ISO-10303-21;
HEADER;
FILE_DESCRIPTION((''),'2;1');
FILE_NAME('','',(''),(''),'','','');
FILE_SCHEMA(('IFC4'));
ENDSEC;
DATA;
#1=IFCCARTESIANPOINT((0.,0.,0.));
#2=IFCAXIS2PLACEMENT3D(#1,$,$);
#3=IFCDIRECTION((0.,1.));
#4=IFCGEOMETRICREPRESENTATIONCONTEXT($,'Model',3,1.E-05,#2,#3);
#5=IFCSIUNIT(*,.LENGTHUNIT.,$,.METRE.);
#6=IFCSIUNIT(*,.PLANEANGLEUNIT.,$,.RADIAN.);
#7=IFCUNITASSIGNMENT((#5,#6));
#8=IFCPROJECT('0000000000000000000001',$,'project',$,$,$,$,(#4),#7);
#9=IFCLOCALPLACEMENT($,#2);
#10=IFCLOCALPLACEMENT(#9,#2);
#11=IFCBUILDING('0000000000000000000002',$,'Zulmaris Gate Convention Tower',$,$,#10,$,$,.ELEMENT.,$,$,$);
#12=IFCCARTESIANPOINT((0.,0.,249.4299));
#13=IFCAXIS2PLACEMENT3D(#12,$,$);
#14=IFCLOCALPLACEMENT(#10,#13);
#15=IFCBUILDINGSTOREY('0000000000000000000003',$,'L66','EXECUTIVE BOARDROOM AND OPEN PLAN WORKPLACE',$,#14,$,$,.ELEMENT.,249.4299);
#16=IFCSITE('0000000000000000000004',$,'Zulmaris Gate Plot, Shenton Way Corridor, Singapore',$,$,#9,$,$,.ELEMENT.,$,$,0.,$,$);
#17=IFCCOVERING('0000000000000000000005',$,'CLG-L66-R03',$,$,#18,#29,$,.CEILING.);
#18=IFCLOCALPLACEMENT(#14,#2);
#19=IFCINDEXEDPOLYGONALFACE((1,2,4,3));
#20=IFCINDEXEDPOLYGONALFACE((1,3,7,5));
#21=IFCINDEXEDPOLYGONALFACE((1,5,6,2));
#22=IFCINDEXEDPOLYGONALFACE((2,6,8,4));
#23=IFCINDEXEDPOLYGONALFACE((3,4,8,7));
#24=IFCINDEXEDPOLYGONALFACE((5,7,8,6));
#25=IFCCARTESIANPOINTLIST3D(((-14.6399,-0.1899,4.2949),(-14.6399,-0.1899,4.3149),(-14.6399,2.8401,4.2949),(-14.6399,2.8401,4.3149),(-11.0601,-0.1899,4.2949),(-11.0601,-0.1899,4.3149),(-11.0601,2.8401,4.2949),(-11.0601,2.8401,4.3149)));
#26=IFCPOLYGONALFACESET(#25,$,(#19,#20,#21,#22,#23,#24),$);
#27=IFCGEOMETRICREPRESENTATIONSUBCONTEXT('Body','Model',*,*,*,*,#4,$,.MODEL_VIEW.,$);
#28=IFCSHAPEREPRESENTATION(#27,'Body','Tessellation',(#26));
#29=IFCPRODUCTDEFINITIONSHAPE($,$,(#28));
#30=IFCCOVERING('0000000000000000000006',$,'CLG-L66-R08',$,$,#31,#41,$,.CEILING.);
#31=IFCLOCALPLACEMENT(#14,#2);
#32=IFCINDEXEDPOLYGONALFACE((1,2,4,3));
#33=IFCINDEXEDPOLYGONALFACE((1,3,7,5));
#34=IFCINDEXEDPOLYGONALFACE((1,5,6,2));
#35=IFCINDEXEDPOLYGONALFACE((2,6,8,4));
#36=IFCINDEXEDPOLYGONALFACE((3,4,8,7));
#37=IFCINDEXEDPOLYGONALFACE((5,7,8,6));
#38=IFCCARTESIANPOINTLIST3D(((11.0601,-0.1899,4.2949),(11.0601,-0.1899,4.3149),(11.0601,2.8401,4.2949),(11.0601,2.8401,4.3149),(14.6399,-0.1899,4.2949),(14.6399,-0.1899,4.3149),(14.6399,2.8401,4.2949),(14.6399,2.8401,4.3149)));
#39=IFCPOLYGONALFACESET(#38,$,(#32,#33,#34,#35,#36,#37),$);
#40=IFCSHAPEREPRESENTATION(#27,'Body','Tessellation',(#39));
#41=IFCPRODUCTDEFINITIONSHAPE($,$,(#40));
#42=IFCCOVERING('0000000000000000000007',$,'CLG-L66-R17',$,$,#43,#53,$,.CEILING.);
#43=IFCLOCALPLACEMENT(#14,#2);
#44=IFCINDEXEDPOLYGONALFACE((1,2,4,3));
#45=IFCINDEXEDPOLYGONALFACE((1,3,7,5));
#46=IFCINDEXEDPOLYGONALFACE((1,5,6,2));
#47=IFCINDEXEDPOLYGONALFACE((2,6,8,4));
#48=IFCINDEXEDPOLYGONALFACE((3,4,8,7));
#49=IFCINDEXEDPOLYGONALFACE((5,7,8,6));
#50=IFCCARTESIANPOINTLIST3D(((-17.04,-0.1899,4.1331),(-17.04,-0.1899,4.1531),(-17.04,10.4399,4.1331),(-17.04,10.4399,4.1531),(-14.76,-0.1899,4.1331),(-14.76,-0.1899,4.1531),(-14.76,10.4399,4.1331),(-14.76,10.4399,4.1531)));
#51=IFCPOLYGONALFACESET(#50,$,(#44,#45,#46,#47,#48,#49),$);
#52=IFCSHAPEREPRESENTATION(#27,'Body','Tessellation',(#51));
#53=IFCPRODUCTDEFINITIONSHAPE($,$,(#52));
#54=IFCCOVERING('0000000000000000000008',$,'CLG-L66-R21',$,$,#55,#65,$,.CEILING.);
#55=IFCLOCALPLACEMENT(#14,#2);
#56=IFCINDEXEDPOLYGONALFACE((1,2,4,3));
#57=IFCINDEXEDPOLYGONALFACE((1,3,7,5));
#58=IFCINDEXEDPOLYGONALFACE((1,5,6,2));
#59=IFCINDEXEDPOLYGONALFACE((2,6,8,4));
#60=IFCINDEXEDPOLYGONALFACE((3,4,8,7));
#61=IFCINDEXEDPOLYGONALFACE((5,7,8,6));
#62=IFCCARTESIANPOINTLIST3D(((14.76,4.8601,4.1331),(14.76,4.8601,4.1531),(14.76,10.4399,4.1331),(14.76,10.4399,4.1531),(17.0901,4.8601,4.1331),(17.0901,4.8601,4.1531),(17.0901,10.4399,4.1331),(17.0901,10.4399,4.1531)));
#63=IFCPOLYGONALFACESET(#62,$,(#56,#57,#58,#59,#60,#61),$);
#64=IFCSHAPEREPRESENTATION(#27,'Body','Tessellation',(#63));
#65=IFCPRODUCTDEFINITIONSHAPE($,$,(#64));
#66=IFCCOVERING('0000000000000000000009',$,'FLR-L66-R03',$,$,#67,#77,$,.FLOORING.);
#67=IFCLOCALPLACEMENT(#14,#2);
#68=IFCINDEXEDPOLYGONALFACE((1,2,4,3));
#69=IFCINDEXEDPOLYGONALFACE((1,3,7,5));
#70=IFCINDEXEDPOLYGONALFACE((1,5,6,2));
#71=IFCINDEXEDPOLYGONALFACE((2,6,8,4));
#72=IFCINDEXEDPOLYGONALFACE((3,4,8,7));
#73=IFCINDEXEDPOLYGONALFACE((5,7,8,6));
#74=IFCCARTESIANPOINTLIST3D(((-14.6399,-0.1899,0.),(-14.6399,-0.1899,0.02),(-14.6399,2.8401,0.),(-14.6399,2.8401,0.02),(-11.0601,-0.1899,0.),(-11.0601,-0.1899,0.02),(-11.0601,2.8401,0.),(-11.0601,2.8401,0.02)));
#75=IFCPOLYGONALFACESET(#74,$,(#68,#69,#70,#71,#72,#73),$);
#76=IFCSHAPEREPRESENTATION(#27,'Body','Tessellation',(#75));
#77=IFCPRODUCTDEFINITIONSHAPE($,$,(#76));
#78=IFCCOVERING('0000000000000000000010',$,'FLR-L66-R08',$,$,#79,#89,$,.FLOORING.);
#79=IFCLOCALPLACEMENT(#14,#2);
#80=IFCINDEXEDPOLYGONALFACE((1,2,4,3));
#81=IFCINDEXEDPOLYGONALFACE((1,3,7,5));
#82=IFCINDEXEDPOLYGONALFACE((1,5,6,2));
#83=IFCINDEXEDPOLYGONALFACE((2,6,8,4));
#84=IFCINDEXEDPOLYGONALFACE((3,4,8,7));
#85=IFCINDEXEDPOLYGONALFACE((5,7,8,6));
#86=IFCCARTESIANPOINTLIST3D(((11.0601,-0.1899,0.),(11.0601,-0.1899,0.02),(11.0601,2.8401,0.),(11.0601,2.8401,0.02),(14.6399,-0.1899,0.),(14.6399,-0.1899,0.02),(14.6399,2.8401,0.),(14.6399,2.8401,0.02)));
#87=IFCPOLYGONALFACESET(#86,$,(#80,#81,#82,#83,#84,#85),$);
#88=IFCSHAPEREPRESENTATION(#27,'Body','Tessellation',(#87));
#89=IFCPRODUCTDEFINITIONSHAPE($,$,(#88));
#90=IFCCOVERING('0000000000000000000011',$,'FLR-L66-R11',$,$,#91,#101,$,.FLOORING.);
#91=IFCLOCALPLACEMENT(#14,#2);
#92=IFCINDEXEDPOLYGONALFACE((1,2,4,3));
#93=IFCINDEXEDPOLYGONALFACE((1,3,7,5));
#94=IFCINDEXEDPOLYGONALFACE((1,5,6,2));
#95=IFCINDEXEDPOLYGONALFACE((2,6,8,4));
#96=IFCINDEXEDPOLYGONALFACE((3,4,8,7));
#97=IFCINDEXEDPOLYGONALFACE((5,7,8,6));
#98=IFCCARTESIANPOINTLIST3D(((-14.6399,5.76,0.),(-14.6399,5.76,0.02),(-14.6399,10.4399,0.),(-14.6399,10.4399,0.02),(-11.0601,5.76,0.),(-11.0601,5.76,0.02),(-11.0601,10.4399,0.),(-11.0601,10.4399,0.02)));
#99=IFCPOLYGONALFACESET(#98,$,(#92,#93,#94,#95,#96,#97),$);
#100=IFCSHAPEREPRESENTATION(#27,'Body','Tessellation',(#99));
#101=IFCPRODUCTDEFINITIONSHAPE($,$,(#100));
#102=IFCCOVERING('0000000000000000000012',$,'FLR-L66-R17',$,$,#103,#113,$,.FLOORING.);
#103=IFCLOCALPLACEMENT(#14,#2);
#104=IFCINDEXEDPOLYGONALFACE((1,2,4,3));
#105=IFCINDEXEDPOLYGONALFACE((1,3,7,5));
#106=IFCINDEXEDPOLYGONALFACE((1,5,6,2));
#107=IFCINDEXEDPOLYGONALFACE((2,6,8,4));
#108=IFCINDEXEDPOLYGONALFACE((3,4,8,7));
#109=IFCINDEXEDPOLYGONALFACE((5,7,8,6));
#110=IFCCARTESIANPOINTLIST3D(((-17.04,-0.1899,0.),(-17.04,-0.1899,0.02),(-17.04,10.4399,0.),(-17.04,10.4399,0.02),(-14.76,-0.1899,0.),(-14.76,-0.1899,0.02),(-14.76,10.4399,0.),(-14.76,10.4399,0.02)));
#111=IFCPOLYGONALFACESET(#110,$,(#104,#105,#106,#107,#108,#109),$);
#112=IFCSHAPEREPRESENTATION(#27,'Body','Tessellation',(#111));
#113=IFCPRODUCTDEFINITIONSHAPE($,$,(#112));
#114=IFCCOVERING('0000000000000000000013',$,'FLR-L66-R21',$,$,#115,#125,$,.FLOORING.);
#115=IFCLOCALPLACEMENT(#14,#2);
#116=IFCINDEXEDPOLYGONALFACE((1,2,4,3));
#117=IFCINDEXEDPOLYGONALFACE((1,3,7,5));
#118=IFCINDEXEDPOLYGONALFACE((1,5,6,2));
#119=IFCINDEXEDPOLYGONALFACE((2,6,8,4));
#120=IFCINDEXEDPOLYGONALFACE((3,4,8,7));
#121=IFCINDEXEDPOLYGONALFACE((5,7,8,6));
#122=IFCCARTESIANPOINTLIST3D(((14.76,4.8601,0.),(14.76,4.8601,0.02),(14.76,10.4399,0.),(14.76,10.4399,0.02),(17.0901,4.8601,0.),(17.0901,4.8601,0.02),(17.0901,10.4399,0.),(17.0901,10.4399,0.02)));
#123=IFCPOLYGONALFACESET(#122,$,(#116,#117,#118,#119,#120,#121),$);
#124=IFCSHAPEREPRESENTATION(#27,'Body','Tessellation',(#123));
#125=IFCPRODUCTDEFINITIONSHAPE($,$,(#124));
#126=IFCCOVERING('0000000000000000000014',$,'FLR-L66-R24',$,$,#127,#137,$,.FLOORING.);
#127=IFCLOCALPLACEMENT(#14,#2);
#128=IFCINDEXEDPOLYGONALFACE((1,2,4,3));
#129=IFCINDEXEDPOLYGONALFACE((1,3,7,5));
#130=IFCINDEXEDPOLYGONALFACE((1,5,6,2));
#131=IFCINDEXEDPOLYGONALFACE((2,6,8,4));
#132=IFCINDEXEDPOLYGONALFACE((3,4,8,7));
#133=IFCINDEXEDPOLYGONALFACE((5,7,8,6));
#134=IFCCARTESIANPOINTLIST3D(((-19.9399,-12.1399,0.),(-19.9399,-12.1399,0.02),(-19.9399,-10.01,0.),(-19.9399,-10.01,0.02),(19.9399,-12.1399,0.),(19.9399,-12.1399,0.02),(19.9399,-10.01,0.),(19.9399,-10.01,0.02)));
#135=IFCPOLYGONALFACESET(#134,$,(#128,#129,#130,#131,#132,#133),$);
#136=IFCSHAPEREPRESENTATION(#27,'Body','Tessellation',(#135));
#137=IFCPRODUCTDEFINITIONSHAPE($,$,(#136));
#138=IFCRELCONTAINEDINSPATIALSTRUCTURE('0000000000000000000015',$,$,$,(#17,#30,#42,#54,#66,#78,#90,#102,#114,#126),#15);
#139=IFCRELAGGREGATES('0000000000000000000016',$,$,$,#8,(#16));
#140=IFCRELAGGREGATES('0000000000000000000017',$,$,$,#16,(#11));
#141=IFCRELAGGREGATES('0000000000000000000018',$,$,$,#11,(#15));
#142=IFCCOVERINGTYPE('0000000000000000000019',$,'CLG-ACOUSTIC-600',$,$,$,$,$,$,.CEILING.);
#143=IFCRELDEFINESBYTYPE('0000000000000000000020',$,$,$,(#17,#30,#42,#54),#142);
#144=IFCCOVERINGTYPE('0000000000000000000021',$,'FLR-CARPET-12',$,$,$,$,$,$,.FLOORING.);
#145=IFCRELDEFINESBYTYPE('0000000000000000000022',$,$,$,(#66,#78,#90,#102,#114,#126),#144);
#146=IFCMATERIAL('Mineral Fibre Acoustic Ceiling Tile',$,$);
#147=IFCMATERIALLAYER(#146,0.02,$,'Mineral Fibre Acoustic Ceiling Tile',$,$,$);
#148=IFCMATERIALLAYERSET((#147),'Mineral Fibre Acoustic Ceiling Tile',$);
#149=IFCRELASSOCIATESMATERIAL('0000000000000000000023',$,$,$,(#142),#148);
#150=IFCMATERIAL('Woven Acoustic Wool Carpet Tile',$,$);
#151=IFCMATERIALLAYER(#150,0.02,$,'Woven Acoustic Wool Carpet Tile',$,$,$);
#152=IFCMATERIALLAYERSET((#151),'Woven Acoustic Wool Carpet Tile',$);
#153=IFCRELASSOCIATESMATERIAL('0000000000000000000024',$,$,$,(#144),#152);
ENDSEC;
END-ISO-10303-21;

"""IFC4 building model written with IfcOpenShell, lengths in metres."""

from ifc_helpers import new_model, si_unit, direction, frame, origin, place, context, subcontext, project, spatial, polyline, outline, extrude, material, layer, layer_set, type_object, element, save


model = new_model("IFC4")

# Units and contexts
model_context = context("Model", 3, precision=1e-05, world=origin(), true_north=direction((0.0, 1.0)))
body_context = subcontext(model_context, "Body", "Model", "MODEL_VIEW")
ifc_project = project(units=[si_unit("LENGTHUNIT", "METRE"), si_unit("PLANEANGLEUNIT", "RADIAN")], contexts=[model_context])

# Site, building, storey
site_placement = place(None, origin())
site = spatial("IfcSite", under=ifc_project, at=site_placement, Name="Zulmaris Gate Plot, Shenton Way Corridor, Singapore", CompositionType="ELEMENT", RefElevation=0.0)
building_placement = place(site_placement, origin())
building = spatial("IfcBuilding", under=site, at=building_placement, Name="Zulmaris Gate Convention Tower", CompositionType="ELEMENT")
storey_placement = place(building_placement, frame((0.0, 0.0, 249.4299)))
storey = spatial("IfcBuildingStorey", under=building, at=storey_placement, Name="L66", Description="EXECUTIVE BOARDROOM AND OPEN PLAN WORKPLACE", CompositionType="ELEMENT", Elevation=249.4299)

# Coverings
ifc_material_1 = material(Name="Mineral Fibre Acoustic Ceiling Tile")
ifc_layer_1 = layer(ifc_material_1, 0.02, Name="Mineral Fibre Acoustic Ceiling Tile")
ifc_layer_set_1 = layer_set([ifc_layer_1], Name="Mineral Fibre Acoustic Ceiling Tile")
covering_type_1 = type_object("IfcCoveringType", Name="CLG-ACOUSTIC-600", PredefinedType="CEILING", material=ifc_layer_set_1)
covering_1_placement = place(storey_placement, frame((0.0, 0.0, 4.2949)))
element("IfcCovering", 1, at=covering_1_placement, inside=storey, type_object=covering_type_1, Name="CLG-L66-R03", PredefinedType="CEILING", context=body_context, shape_type="SweptSolid", body=[
    extrude(outline(polyline([(-14.6399, -0.1899), (-11.0601, -0.1899), (-11.0601, 2.8401), (-14.6399, 2.8401), (-14.6399, -0.1899)])), origin(), (0.0, 0.0, 1.0), 0.02),
])
covering_2_placement = place(storey_placement, frame((0.0, 0.0, 4.2949)))
element("IfcCovering", 2, at=covering_2_placement, inside=storey, type_object=covering_type_1, Name="CLG-L66-R08", PredefinedType="CEILING", context=body_context, shape_type="SweptSolid", body=[
    extrude(outline(polyline([(11.0601, -0.1899), (14.6399, -0.1899), (14.6399, 2.8401), (11.0601, 2.8401), (11.0601, -0.1899)])), origin(), (0.0, 0.0, 1.0), 0.02),
])
covering_3_placement = place(storey_placement, frame((0.0, 0.0, 4.1331)))
element("IfcCovering", 3, at=covering_3_placement, inside=storey, type_object=covering_type_1, Name="CLG-L66-R17", PredefinedType="CEILING", context=body_context, shape_type="SweptSolid", body=[
    extrude(outline(polyline([(-17.04, -0.1899), (-14.76, -0.1899), (-14.76, 10.4399), (-17.04, 10.4399), (-17.04, -0.1899)])), origin(), (0.0, 0.0, 1.0), 0.02),
])
covering_4_placement = place(storey_placement, frame((0.0, 0.0, 4.1331)))
element("IfcCovering", 4, at=covering_4_placement, inside=storey, type_object=covering_type_1, Name="CLG-L66-R21", PredefinedType="CEILING", context=body_context, shape_type="SweptSolid", body=[
    extrude(outline(polyline([(14.76, 4.8601), (17.0901, 4.8601), (17.0901, 10.4399), (14.76, 10.4399), (14.76, 4.8601)])), origin(), (0.0, 0.0, 1.0), 0.02),
])
ifc_material_2 = material(Name="Woven Acoustic Wool Carpet Tile")
ifc_layer_2 = layer(ifc_material_2, 0.02, Name="Woven Acoustic Wool Carpet Tile")
ifc_layer_set_2 = layer_set([ifc_layer_2], Name="Woven Acoustic Wool Carpet Tile")
covering_type_2 = type_object("IfcCoveringType", Name="FLR-CARPET-12", PredefinedType="FLOORING", material=ifc_layer_set_2)
covering_5_placement = place(storey_placement, origin())
element("IfcCovering", 5, at=covering_5_placement, inside=storey, type_object=covering_type_2, Name="FLR-L66-R03", PredefinedType="FLOORING", context=body_context, shape_type="SweptSolid", body=[
    extrude(outline(polyline([(-14.6399, -0.1899), (-11.0601, -0.1899), (-11.0601, 2.8401), (-14.6399, 2.8401), (-14.6399, -0.1899)])), origin(), (0.0, 0.0, 1.0), 0.02),
])
covering_6_placement = place(storey_placement, origin())
element("IfcCovering", 6, at=covering_6_placement, inside=storey, type_object=covering_type_2, Name="FLR-L66-R08", PredefinedType="FLOORING", context=body_context, shape_type="SweptSolid", body=[
    extrude(outline(polyline([(11.0601, -0.1899), (14.6399, -0.1899), (14.6399, 2.8401), (11.0601, 2.8401), (11.0601, -0.1899)])), origin(), (0.0, 0.0, 1.0), 0.02),
])
covering_7_placement = place(storey_placement, origin())
element("IfcCovering", 7, at=covering_7_placement, inside=storey, type_object=covering_type_2, Name="FLR-L66-R11", PredefinedType="FLOORING", context=body_context, shape_type="SweptSolid", body=[
    extrude(outline(polyline([(-14.6399, 5.76), (-11.0601, 5.76), (-11.0601, 10.4399), (-14.6399, 10.4399), (-14.6399, 5.76)])), origin(), (0.0, 0.0, 1.0), 0.02),
])
covering_8_placement = place(storey_placement, origin())
element("IfcCovering", 8, at=covering_8_placement, inside=storey, type_object=covering_type_2, Name="FLR-L66-R17", PredefinedType="FLOORING", context=body_context, shape_type="SweptSolid", body=[
    extrude(outline(polyline([(-17.04, -0.1899), (-14.76, -0.1899), (-14.76, 10.4399), (-17.04, 10.4399), (-17.04, -0.1899)])), origin(), (0.0, 0.0, 1.0), 0.02),
])
covering_9_placement = place(storey_placement, origin())
element("IfcCovering", 9, at=covering_9_placement, inside=storey, type_object=covering_type_2, Name="FLR-L66-R21", PredefinedType="FLOORING", context=body_context, shape_type="SweptSolid", body=[
    extrude(outline(polyline([(14.76, 4.8601), (17.0901, 4.8601), (17.0901, 10.4399), (14.76, 10.4399), (14.76, 4.8601)])), origin(), (0.0, 0.0, 1.0), 0.02),
])
covering_10_placement = place(storey_placement, origin())
element("IfcCovering", 10, at=covering_10_placement, inside=storey, type_object=covering_type_2, Name="FLR-L66-R24", PredefinedType="FLOORING", context=body_context, shape_type="SweptSolid", body=[
    extrude(outline(polyline([(-19.9399, -12.1399), (19.9399, -12.1399), (19.9399, -10.01), (-19.9399, -10.01), (-19.9399, -12.1399)])), origin(), (0.0, 0.0, 1.0), 0.02),
])

save(model, "model.ifc")
